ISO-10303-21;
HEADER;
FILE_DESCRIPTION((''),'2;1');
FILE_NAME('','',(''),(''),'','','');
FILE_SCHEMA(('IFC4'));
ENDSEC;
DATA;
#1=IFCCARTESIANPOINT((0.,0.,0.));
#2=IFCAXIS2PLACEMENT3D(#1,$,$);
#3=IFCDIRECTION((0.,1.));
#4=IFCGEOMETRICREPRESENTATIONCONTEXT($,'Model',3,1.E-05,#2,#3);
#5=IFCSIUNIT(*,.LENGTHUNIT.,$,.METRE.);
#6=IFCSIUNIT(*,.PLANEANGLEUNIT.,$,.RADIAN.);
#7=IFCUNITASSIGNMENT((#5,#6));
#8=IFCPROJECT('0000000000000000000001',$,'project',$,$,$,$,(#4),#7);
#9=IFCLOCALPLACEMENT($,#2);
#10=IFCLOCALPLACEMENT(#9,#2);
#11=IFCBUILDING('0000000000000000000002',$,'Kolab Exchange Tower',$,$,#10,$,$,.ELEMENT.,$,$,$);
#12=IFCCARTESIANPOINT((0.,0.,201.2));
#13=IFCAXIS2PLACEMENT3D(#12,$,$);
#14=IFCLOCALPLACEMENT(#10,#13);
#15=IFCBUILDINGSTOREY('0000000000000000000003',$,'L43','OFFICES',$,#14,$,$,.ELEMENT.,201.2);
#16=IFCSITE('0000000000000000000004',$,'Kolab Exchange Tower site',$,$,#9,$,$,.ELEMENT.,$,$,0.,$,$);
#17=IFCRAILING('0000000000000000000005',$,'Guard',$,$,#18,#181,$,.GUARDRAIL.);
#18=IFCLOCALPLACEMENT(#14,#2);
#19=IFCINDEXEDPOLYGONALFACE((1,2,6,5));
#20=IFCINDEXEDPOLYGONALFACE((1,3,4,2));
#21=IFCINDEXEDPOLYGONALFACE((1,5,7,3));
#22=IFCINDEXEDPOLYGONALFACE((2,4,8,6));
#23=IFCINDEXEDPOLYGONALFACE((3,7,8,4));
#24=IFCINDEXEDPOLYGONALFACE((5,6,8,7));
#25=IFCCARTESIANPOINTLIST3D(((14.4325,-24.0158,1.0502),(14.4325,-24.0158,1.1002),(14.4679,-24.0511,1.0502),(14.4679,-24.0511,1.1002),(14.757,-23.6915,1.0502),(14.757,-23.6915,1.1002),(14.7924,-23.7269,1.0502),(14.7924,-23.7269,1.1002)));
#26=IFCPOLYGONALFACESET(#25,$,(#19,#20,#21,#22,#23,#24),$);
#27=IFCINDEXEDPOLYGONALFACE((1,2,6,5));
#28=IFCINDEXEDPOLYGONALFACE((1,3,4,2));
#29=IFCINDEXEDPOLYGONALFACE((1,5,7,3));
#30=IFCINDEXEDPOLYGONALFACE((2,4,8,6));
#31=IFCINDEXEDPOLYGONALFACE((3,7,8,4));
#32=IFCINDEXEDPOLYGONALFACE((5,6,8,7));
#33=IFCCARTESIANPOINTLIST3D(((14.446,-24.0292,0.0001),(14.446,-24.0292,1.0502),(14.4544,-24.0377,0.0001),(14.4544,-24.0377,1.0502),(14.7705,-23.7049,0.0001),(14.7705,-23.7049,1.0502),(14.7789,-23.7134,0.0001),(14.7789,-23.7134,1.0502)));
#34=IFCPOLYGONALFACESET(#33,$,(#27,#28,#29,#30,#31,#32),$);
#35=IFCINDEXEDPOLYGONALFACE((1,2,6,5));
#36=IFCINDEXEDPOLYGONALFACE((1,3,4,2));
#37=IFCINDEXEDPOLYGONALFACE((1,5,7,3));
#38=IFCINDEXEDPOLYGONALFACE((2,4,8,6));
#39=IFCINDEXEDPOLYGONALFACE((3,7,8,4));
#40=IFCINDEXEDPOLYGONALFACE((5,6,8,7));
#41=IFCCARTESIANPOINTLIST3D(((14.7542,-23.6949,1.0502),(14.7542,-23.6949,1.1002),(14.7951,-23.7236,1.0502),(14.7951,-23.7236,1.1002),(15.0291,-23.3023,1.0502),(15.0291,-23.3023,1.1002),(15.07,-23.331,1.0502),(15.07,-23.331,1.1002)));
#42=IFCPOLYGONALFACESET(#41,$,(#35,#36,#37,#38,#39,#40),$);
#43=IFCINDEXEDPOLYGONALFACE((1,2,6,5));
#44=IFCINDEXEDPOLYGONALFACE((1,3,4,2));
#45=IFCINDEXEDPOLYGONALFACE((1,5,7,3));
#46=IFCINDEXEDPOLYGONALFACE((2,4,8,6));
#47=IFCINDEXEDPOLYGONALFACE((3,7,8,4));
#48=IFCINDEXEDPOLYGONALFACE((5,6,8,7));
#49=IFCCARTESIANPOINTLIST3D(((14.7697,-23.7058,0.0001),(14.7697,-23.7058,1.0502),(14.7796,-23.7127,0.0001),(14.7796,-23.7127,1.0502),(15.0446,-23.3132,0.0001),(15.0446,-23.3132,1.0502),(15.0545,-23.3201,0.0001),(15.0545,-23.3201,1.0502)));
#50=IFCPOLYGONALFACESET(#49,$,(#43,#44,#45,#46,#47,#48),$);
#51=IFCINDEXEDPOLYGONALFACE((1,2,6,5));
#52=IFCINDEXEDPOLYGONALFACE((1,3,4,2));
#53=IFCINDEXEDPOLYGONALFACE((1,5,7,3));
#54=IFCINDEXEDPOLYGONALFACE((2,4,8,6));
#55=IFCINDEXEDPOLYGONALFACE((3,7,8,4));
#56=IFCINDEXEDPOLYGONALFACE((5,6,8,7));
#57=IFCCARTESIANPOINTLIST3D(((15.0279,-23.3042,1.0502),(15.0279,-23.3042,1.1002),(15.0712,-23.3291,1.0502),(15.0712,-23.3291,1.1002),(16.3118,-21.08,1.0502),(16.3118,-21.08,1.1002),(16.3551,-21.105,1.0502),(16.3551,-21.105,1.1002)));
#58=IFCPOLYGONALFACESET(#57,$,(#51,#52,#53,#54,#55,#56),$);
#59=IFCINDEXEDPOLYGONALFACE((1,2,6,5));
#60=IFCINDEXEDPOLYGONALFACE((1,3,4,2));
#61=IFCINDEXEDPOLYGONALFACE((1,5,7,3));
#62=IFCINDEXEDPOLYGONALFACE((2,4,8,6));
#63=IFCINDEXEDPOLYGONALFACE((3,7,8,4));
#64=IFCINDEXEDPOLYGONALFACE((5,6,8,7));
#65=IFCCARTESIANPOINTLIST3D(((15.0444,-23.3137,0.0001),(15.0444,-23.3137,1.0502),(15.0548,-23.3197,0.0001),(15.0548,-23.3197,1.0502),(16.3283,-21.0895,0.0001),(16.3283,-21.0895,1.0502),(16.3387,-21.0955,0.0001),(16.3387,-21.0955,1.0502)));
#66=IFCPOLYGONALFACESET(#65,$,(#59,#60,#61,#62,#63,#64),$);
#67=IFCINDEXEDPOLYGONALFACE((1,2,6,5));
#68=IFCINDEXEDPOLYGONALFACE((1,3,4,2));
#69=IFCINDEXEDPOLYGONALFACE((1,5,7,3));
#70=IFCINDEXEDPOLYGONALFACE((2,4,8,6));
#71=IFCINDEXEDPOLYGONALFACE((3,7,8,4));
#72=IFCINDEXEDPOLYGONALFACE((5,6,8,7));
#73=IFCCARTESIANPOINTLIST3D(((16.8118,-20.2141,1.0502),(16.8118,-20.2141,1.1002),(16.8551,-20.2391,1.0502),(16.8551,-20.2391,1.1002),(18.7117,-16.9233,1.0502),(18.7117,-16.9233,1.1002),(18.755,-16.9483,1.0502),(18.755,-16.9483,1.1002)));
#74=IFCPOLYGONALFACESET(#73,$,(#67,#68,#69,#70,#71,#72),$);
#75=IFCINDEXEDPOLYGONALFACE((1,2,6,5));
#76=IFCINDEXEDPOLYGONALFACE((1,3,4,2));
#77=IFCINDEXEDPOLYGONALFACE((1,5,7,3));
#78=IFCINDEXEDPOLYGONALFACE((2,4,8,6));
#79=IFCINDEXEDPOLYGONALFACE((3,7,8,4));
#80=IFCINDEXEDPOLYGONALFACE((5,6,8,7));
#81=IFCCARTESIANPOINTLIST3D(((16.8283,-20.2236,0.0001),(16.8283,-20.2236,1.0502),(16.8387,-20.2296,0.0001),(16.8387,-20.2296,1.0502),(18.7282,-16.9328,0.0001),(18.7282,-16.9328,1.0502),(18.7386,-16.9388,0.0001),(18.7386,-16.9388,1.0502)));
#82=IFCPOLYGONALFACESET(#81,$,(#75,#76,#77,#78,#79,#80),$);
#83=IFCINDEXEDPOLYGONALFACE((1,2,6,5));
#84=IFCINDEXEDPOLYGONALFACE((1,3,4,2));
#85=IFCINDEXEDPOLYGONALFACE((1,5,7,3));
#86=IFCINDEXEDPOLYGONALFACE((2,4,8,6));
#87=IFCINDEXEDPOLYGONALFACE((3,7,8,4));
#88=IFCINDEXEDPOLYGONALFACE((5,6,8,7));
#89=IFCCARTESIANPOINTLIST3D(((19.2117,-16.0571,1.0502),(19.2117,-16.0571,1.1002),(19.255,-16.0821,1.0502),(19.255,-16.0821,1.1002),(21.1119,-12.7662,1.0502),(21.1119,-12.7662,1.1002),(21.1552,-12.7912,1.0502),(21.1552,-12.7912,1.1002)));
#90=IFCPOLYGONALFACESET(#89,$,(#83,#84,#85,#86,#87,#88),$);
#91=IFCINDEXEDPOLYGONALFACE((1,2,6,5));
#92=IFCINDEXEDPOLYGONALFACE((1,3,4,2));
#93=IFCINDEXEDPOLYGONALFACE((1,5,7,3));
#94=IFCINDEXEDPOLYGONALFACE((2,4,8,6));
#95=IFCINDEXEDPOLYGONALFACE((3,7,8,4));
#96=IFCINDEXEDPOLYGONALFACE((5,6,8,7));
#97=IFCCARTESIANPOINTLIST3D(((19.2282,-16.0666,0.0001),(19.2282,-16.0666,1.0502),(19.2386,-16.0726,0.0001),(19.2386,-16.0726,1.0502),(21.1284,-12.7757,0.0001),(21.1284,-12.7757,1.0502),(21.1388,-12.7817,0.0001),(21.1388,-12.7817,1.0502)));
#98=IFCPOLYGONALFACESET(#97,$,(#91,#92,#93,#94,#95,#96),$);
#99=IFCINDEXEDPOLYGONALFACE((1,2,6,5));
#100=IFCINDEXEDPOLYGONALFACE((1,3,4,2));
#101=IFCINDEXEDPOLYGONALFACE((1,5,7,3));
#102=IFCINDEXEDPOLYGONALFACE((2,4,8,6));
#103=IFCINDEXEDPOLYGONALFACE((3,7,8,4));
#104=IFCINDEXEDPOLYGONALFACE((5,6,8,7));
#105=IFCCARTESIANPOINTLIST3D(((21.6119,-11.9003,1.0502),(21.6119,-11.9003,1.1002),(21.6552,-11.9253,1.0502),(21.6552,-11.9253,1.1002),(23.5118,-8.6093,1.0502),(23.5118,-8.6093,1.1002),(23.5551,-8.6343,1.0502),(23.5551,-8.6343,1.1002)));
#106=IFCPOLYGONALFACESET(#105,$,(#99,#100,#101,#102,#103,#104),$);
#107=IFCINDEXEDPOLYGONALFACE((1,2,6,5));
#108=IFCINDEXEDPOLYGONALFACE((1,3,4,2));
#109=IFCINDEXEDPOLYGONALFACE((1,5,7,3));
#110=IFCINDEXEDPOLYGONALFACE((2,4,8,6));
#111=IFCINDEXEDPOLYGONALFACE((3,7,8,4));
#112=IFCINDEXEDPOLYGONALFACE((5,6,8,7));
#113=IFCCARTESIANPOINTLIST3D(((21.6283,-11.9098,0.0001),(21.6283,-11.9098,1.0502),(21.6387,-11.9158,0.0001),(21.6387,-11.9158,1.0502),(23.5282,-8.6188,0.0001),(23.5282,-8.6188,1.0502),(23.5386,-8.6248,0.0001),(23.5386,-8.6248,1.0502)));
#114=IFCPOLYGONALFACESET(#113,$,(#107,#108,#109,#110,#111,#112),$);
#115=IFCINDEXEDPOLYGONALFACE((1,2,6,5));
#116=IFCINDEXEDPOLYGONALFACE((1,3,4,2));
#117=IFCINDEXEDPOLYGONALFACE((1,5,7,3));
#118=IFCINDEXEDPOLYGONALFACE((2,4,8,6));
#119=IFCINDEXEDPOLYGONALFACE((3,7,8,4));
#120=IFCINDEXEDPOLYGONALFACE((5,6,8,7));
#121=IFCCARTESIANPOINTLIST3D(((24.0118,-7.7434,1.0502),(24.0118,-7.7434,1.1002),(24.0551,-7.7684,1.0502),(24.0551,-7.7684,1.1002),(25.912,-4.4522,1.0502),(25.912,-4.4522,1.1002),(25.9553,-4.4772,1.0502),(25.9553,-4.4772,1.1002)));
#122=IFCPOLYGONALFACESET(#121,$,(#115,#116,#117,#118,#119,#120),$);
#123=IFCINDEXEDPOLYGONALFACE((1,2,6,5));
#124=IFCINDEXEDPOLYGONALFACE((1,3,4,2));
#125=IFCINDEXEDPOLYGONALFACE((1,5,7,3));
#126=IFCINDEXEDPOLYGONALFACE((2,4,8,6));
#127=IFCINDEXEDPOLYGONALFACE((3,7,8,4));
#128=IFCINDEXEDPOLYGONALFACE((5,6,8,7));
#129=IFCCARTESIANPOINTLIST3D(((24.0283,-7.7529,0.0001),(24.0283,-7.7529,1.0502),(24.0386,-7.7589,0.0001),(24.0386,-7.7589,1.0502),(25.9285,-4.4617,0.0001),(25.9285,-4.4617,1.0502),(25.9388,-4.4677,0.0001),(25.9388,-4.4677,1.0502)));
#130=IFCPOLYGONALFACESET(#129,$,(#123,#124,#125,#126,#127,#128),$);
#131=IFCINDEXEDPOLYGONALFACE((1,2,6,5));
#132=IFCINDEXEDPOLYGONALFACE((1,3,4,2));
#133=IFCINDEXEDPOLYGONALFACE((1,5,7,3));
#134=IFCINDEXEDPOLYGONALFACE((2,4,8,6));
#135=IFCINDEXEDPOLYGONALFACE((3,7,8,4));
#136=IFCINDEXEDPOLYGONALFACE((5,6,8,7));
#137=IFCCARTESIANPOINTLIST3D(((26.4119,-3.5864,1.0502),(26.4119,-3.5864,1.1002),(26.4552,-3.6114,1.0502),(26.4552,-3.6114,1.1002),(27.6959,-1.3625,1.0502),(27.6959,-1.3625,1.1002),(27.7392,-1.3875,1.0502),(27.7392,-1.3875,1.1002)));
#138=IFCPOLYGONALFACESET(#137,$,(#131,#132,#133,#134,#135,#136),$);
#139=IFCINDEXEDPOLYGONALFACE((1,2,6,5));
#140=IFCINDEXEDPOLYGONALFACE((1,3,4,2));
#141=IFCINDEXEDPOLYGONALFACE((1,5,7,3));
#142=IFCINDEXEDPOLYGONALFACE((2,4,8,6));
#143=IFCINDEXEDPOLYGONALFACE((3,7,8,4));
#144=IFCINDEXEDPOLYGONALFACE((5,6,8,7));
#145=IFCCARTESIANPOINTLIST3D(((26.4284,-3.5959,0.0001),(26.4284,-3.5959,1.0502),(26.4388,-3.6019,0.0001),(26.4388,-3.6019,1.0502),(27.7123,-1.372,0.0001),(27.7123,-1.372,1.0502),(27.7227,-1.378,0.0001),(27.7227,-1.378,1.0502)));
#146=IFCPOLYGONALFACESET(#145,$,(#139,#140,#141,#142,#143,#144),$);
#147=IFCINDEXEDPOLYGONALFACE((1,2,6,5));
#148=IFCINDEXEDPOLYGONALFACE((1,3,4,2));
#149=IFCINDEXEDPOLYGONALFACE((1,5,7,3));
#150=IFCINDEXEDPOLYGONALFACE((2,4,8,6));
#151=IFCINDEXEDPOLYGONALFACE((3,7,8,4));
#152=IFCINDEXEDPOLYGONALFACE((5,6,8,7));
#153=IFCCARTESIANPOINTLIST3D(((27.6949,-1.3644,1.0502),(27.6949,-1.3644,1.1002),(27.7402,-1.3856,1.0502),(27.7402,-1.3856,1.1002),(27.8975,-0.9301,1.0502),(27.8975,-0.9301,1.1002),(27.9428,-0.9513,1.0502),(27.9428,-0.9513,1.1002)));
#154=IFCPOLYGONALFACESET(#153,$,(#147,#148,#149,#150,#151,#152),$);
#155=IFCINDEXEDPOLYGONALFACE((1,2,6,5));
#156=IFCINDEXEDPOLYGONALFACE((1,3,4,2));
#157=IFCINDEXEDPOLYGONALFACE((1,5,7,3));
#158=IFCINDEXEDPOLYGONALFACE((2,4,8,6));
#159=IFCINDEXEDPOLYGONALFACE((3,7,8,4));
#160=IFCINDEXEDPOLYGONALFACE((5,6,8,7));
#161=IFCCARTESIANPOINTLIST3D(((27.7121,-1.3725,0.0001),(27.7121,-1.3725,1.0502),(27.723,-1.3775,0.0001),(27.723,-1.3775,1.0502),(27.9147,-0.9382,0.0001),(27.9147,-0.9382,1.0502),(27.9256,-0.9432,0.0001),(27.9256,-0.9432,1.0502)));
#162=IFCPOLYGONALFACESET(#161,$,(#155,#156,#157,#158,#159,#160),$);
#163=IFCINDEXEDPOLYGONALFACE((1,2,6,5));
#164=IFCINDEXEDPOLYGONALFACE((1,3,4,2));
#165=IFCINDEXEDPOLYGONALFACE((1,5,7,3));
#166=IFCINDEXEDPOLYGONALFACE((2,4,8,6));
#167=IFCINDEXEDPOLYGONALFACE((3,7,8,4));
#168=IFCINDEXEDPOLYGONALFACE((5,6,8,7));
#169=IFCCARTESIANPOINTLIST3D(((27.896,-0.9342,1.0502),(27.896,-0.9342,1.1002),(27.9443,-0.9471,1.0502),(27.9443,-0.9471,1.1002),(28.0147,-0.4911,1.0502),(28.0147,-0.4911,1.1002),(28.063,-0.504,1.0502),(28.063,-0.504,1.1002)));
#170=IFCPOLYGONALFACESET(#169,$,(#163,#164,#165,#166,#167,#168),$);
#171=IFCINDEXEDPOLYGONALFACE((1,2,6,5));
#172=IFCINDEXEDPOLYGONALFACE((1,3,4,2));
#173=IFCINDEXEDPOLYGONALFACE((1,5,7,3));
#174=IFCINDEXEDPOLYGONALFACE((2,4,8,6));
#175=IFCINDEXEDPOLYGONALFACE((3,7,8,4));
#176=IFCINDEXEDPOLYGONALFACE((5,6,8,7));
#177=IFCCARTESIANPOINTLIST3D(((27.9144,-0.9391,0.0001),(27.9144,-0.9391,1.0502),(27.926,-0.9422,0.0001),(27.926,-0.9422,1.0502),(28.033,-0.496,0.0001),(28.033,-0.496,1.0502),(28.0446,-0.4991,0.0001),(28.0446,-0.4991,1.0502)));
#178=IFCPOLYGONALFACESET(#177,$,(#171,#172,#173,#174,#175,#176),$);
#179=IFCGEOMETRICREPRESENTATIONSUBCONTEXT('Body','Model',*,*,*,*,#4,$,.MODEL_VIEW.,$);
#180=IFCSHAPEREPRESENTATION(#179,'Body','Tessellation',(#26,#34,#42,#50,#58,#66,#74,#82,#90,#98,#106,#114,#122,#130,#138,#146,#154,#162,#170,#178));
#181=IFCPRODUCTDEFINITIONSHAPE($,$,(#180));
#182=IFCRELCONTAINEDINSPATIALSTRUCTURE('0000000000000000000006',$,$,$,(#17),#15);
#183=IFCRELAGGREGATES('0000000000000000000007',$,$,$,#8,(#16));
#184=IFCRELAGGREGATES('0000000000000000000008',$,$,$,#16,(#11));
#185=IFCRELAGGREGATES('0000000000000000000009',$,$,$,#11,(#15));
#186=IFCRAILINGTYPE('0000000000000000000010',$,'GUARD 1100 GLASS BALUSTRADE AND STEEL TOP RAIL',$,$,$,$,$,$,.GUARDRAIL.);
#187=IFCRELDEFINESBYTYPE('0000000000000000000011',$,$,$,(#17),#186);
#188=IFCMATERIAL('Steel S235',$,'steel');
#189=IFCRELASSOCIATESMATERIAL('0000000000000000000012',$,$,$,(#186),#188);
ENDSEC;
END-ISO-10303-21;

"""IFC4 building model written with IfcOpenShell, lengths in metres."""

from ifc_helpers import new_model, si_unit, direction, frame, frame_2d, origin, origin_2d, place, context, subcontext, project, spatial, rectangle, extrude, material, type_object, element, save


model = new_model("IFC4")

# Units and contexts
model_context = context("Model", 3, precision=1e-05, world=origin(), true_north=direction((0.0, 1.0)))
body_context = subcontext(model_context, "Body", "Model", "MODEL_VIEW")
ifc_project = project(units=[si_unit("LENGTHUNIT", "METRE"), si_unit("PLANEANGLEUNIT", "RADIAN")], contexts=[model_context])

# Site, building, storey
site_placement = place(None, origin())
site = spatial("IfcSite", under=ifc_project, at=site_placement, Name="Kolab Exchange Tower site", CompositionType="ELEMENT", RefElevation=0.0)
building_placement = place(site_placement, origin())
building = spatial("IfcBuilding", under=site, at=building_placement, Name="Kolab Exchange Tower", CompositionType="ELEMENT")
storey_placement = place(building_placement, frame((0.0, 0.0, 201.2)))
storey = spatial("IfcBuildingStorey", under=building, at=storey_placement, Name="L43", Description="OFFICES", CompositionType="ELEMENT", Elevation=201.2)

# Railing
ifc_material_1 = material(Name="Steel S235", Category="steel")
railing_type = type_object("IfcRailingType", Name="GUARD 1100 GLASS BALUSTRADE AND STEEL TOP RAIL", PredefinedType="GUARDRAIL", material=ifc_material_1)
railing_placement = place(storey_placement, frame((14.4502, -24.0334, 0.0)))
element("IfcRailing", 1, at=railing_placement, inside=storey, type_object=railing_type, Name="Guard", PredefinedType="GUARDRAIL", context=body_context, shape_type="SweptSolid", body=[
    extrude(rectangle(XDim=0.05, YDim=0.05, at=origin_2d()), frame((0.0, 0.0, 1.0752), z_axis=(0.707373, 0.706841, 0.0), x_axis=(-0.706841, 0.707373, 0.0)), (0.0, 0.0, 1.0), 0.4587),
    extrude(rectangle(XDim=0.012, YDim=1.0501, at=frame_2d((0.0, 0.5251))), frame((0.0, 0.0, 0.0), z_axis=(0.707373, 0.706841, 0.0), x_axis=(-0.706841, 0.707373, 0.0)), (0.0, 0.0, 1.0), 0.4587),
    extrude(rectangle(XDim=0.05, YDim=0.05, at=origin_2d()), frame((0.3245, 0.3242, 1.0752), z_axis=(0.573599, 0.819136, 0.0), x_axis=(-0.819136, 0.573599, 0.0)), (0.0, 0.0, 1.0), 0.4792),
    extrude(rectangle(XDim=0.012, YDim=1.0501, at=frame_2d((0.0, 0.5251))), frame((0.3245, 0.3242, 0.0), z_axis=(0.573599, 0.819136, 0.0), x_axis=(-0.819136, 0.573599, 0.0)), (0.0, 0.0, 1.0), 0.4792),
    extrude(rectangle(XDim=0.05, YDim=0.05, at=origin_2d()), frame((0.5994, 0.7168, 1.0752), z_axis=(0.499953, 0.866053, 0.0), x_axis=(-0.866053, 0.499953, 0.0)), (0.0, 0.0, 1.0), 2.5681),
    extrude(rectangle(XDim=0.012, YDim=1.0501, at=frame_2d((0.0, 0.5251))), frame((0.5994, 0.7168, 0.0), z_axis=(0.499953, 0.866053, 0.0), x_axis=(-0.866053, 0.499953, 0.0)), (0.0, 0.0, 1.0), 2.5681),
    extrude(rectangle(XDim=0.05, YDim=0.05, at=origin_2d()), frame((2.3833, 3.8069, 1.0752), z_axis=(0.499995, 0.866028, 0.0), x_axis=(-0.866028, 0.499995, 0.0)), (0.0, 0.0, 1.0), 3.7998),
    extrude(rectangle(XDim=0.012, YDim=1.0501, at=frame_2d((0.0, 0.5251))), frame((2.3833, 3.8069, 0.0), z_axis=(0.499995, 0.866028, 0.0), x_axis=(-0.866028, 0.499995, 0.0)), (0.0, 0.0, 1.0), 3.7998),
    extrude(rectangle(XDim=0.05, YDim=0.05, at=origin_2d()), frame((4.7832, 7.9639, 1.0752), z_axis=(0.500043, 0.866, 0.0), x_axis=(-0.866, 0.500043, 0.0)), (0.0, 0.0, 1.0), 3.8),
    extrude(rectangle(XDim=0.012, YDim=1.0501, at=frame_2d((0.0, 0.5251))), frame((4.7832, 7.9639, 0.0), z_axis=(0.500043, 0.866, 0.0), x_axis=(-0.866, 0.500043, 0.0)), (0.0, 0.0, 1.0), 3.8),
    extrude(rectangle(XDim=0.05, YDim=0.05, at=origin_2d()), frame((7.1833, 12.1206, 1.0752), z_axis=(0.499967, 0.866044, 0.0), x_axis=(-0.866044, 0.499967, 0.0)), (0.0, 0.0, 1.0), 3.8),
    extrude(rectangle(XDim=0.012, YDim=1.0501, at=frame_2d((0.0, 0.5251))), frame((7.1833, 12.1206, 0.0), z_axis=(0.499967, 0.866044, 0.0), x_axis=(-0.866044, 0.499967, 0.0)), (0.0, 0.0, 1.0), 3.8),
    extrude(rectangle(XDim=0.05, YDim=0.05, at=origin_2d()), frame((9.5833, 16.2776, 1.0752), z_axis=(0.500015, 0.866017, 0.0), x_axis=(-0.866017, 0.500015, 0.0)), (0.0, 0.0, 1.0), 3.8003),
    extrude(rectangle(XDim=0.012, YDim=1.0501, at=frame_2d((0.0, 0.5251))), frame((9.5833, 16.2776, 0.0), z_axis=(0.500015, 0.866017, 0.0), x_axis=(-0.866017, 0.500015, 0.0)), (0.0, 0.0, 1.0), 3.8003),
    extrude(rectangle(XDim=0.05, YDim=0.05, at=origin_2d()), frame((11.9834, 20.4346, 1.0752), z_axis=(0.499994, 0.866029, 0.0), x_axis=(-0.866029, 0.499994, 0.0)), (0.0, 0.0, 1.0), 2.5679),
    extrude(rectangle(XDim=0.012, YDim=1.0501, at=frame_2d((0.0, 0.5251))), frame((11.9834, 20.4346, 0.0), z_axis=(0.499994, 0.866029, 0.0), x_axis=(-0.866029, 0.499994, 0.0)), (0.0, 0.0, 1.0), 2.5679),
    extrude(rectangle(XDim=0.05, YDim=0.05, at=origin_2d()), frame((13.2673, 22.6584, 1.0752), z_axis=(0.422802, 0.906222, 0.0), x_axis=(-0.906222, 0.422802, 0.0)), (0.0, 0.0, 1.0), 0.4792),
    extrude(rectangle(XDim=0.012, YDim=1.0501, at=frame_2d((0.0, 0.5251))), frame((13.2673, 22.6584, 0.0), z_axis=(0.422802, 0.906222, 0.0), x_axis=(-0.906222, 0.422802, 0.0)), (0.0, 0.0, 1.0), 0.4792),
    extrude(rectangle(XDim=0.05, YDim=0.05, at=origin_2d()), frame((13.47, 23.0928, 1.0752), z_axis=(0.258656, 0.965969, 0.0), x_axis=(-0.965969, 0.258656, 0.0)), (0.0, 0.0, 1.0), 0.4587),
    extrude(rectangle(XDim=0.012, YDim=1.0501, at=frame_2d((0.0, 0.5251))), frame((13.47, 23.0928, 0.0), z_axis=(0.258656, 0.965969, 0.0), x_axis=(-0.965969, 0.258656, 0.0)), (0.0, 0.0, 1.0), 0.4587),
])

save(model, "model.ifc")
